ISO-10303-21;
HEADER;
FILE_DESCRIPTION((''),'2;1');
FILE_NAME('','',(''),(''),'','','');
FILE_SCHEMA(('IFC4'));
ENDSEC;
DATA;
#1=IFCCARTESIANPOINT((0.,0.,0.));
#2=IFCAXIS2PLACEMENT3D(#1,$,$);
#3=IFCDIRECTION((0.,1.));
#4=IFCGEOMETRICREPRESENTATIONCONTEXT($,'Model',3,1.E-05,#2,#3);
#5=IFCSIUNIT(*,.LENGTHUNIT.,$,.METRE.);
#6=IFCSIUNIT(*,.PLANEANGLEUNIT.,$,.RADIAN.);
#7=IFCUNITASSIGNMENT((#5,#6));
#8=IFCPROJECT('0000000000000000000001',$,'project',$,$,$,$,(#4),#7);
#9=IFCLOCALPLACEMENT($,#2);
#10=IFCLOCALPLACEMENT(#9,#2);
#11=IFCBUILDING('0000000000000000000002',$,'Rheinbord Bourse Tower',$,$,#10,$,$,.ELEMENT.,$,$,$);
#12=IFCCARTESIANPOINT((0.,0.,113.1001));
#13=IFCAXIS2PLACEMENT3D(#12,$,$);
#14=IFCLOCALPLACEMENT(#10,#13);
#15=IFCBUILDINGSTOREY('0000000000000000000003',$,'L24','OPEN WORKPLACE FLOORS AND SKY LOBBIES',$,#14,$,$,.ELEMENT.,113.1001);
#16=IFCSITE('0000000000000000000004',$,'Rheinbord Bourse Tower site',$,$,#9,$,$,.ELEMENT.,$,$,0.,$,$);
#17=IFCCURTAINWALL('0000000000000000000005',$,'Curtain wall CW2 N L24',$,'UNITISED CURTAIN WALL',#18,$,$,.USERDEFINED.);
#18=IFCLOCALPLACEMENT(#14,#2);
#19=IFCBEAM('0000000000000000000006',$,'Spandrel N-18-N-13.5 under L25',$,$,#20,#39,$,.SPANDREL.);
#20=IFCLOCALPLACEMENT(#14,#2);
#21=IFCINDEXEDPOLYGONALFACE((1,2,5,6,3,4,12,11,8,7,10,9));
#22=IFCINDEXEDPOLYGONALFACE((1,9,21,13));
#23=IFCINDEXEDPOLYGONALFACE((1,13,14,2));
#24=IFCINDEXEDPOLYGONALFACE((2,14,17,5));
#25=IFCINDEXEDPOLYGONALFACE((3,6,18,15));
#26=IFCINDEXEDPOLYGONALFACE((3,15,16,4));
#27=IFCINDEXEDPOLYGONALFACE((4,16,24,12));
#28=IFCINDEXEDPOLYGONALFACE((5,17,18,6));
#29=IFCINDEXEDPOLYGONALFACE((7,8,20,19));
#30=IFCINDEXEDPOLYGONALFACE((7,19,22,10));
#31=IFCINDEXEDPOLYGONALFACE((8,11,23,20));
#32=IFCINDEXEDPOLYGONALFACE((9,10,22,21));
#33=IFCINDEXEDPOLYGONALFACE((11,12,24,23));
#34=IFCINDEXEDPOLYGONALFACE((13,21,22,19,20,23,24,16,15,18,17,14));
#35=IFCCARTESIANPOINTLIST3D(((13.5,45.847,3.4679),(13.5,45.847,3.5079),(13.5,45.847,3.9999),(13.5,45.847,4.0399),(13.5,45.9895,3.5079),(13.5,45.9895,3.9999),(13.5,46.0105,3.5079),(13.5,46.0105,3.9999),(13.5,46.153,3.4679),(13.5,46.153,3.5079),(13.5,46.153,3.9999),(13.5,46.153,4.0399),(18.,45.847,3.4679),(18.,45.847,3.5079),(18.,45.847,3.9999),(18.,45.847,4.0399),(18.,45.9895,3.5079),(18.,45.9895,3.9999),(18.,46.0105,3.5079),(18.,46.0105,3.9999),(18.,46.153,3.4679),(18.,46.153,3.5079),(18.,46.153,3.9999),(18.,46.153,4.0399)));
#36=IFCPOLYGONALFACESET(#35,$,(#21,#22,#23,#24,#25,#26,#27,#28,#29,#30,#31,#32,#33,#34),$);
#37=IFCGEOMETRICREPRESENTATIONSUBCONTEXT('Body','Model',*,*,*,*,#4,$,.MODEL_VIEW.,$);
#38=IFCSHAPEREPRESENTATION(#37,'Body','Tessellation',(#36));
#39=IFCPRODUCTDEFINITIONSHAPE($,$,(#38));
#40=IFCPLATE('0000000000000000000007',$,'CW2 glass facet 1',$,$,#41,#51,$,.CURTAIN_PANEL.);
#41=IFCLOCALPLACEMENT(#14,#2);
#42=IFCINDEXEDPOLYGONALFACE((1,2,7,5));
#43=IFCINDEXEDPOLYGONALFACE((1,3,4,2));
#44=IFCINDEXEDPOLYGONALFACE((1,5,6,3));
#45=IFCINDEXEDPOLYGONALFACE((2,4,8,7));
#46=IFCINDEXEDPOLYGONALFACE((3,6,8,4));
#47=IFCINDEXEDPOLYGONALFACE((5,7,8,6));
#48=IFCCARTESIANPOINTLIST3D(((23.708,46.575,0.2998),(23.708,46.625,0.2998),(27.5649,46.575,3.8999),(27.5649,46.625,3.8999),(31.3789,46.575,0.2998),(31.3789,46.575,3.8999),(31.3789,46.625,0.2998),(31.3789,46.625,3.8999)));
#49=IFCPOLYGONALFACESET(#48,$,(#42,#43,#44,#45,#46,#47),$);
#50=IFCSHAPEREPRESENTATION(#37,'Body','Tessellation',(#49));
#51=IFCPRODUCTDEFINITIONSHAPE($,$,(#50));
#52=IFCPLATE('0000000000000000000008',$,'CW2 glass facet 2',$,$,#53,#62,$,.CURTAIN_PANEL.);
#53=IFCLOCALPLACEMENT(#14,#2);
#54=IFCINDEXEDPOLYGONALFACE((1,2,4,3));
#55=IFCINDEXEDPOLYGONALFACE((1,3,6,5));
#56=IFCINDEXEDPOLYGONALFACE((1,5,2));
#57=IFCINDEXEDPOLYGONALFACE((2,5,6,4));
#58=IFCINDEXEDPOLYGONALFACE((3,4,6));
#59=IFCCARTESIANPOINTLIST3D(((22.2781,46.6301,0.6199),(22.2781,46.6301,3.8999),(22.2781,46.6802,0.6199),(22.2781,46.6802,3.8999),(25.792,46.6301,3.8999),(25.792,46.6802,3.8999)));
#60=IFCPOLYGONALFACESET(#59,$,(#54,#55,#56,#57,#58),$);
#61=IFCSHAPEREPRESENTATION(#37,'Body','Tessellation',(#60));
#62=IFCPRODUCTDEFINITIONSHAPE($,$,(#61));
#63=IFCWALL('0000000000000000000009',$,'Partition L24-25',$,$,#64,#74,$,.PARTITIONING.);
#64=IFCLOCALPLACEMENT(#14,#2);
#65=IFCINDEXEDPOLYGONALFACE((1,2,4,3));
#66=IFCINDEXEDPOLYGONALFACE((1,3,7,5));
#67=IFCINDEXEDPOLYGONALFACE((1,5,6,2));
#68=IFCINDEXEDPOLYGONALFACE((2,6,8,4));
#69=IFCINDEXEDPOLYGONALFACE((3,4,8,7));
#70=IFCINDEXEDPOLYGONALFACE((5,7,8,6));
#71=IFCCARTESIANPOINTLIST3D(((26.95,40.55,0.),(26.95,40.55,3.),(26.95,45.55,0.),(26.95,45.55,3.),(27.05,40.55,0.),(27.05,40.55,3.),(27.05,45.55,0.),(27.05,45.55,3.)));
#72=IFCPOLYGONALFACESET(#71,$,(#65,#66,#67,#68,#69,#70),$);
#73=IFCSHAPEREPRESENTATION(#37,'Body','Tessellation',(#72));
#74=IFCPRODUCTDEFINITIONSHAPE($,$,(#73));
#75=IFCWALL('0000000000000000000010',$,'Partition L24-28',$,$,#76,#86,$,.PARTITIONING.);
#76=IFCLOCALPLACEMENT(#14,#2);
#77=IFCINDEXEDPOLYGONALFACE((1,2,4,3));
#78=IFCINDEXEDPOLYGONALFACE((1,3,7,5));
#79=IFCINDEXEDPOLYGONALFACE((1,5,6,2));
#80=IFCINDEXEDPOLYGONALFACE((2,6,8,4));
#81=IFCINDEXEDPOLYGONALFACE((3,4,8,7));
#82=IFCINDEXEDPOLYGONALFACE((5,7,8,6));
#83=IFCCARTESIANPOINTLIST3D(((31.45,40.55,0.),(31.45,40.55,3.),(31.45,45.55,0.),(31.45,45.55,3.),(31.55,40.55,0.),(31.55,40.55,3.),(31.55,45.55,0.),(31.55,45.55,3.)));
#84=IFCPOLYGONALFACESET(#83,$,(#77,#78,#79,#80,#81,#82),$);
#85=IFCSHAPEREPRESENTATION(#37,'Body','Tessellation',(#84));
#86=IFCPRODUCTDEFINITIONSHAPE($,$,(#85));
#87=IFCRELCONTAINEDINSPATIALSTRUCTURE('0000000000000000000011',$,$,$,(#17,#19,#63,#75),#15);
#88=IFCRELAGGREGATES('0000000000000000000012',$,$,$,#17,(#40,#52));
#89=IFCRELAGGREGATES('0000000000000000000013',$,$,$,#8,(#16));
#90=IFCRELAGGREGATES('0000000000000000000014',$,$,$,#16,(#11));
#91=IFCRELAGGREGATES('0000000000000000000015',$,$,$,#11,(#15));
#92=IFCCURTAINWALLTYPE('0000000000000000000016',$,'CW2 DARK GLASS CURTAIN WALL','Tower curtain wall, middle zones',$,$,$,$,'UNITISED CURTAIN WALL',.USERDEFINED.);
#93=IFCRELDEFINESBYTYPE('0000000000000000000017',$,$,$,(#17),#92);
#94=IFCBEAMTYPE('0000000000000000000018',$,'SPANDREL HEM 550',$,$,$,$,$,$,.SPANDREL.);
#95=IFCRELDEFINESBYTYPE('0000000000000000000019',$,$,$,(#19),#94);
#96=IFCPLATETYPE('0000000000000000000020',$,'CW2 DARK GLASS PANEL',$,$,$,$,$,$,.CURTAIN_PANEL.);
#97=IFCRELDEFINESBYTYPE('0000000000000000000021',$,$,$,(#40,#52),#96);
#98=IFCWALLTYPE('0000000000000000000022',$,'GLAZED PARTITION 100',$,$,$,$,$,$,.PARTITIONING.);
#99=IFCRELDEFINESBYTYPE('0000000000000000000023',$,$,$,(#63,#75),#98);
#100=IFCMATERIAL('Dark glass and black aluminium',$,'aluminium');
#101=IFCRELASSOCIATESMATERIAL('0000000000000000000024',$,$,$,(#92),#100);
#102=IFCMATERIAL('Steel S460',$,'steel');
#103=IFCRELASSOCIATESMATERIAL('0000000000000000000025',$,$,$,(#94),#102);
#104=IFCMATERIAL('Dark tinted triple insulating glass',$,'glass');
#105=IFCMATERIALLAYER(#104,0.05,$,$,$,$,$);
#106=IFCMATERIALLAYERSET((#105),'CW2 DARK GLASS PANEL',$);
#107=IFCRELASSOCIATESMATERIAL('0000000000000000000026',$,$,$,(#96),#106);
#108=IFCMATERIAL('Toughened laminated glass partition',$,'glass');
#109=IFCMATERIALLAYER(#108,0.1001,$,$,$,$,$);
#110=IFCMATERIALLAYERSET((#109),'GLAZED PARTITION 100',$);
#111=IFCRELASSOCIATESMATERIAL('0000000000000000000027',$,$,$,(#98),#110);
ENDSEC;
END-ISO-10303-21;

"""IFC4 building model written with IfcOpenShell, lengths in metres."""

from ifc_helpers import new_model, si_unit, direction, frame, frame_2d, origin, origin_2d, place, context, subcontext, project, spatial, polyline, rectangle, i_section, outline, extrude, material, layer, layer_set, material_profile, profile_set, type_object, element, aggregate, save


model = new_model("IFC4")

# Units and contexts
model_context = context("Model", 3, precision=1e-05, world=origin(), true_north=direction((0.0, 1.0)))
body_context = subcontext(model_context, "Body", "Model", "MODEL_VIEW")
ifc_project = project(units=[si_unit("LENGTHUNIT", "METRE"), si_unit("PLANEANGLEUNIT", "RADIAN")], contexts=[model_context])

# Site, building, storey
site_placement = place(None, origin())
site = spatial("IfcSite", under=ifc_project, at=site_placement, Name="Rheinbord Bourse Tower site", CompositionType="ELEMENT", RefElevation=0.0)
building_placement = place(site_placement, origin())
building = spatial("IfcBuilding", under=site, at=building_placement, Name="Rheinbord Bourse Tower", CompositionType="ELEMENT")
storey_placement = place(building_placement, frame((0.0, 0.0, 113.1001)))
storey = spatial("IfcBuildingStorey", under=building, at=storey_placement, Name="L24", Description="OPEN WORKPLACE FLOORS AND SKY LOBBIES", CompositionType="ELEMENT", Elevation=113.1001)

# Curtain wall
ifc_material_1 = material(Name="Dark glass and black aluminium", Category="aluminium")
curtain_wall_type = type_object("IfcCurtainWallType", Name="CW2 DARK GLASS CURTAIN WALL", Description="Tower curtain wall, middle zones", ElementType="UNITISED CURTAIN WALL", PredefinedType="USERDEFINED", material=ifc_material_1)
curtain_wall_placement = place(storey_placement, origin())
curtain_wall = element("IfcCurtainWall", 1, at=curtain_wall_placement, inside=storey, type_object=curtain_wall_type, Name="Curtain wall CW2 N L24", ObjectType="UNITISED CURTAIN WALL", PredefinedType="USERDEFINED")

# Beam
ifc_material_2 = material(Name="Steel S460", Category="steel")
ifc_material_profile_1 = material_profile(ifc_material_2, i_section(OverallWidth=0.3059, OverallDepth=0.572, WebThickness=0.021, FlangeThickness=0.04, at=origin_2d()), Name="HEM 550")
ifc_profile_set_1 = profile_set([ifc_material_profile_1], Name="Steel S460")
beam_type_1 = type_object("IfcBeamType", Name="SPANDREL HEM 550", PredefinedType="SPANDREL", material=ifc_profile_set_1)
for number, where, z_axis, x_axis, name in (
    (2, (18.0, 46.0, 3.7539), (-1.0, 0.0, 0.0), (0.0, -1.0, 0.0), "Spandrel N-18-N-13.5 under L25"),
):
    element("IfcBeam", number, at=place(storey_placement, frame(where, z_axis=z_axis, x_axis=x_axis)), inside=storey, type_object=beam_type_1, Name=name, PredefinedType="SPANDREL", context=body_context, shape_type="SweptSolid", body=[
        extrude(i_section(OverallWidth=0.3059, OverallDepth=0.572, WebThickness=0.021, FlangeThickness=0.04, at=origin_2d()), origin(), (0.0, 0.0, 1.0), 4.5),
    ])

# Plates
ifc_material_3 = material(Name="Dark tinted triple insulating glass", Category="glass")
ifc_layer_1 = layer(ifc_material_3, 0.05)
ifc_layer_set_1 = layer_set([ifc_layer_1], Name="CW2 DARK GLASS PANEL")
plate_type = type_object("IfcPlateType", Name="CW2 DARK GLASS PANEL", PredefinedType="CURTAIN_PANEL", material=ifc_layer_set_1)
plate_1_placement = place(storey_placement, frame((31.3789, 46.625, 0.2998), z_axis=(0.0, -1.0, 0.0), x_axis=(0.0, 0.0, 1.0)))
plate_1 = element("IfcPlate", 3, at=plate_1_placement, type_object=plate_type, Name="CW2 glass facet 1", PredefinedType="CURTAIN_PANEL", context=body_context, shape_type="SweptSolid", body=[
    extrude(outline(polyline([(0.0, 0.0), (3.6001, 0.0), (3.6001, 3.814), (0.0, 7.6709), (0.0, 0.0)])), origin(), (0.0, 0.0, 1.0), 0.05),
])
plate_2_placement = place(storey_placement, frame((22.2781, 46.6802, 3.8999), z_axis=(0.0, -1.0, 0.0), x_axis=(0.0, 0.0, -1.0)))
plate_2 = element("IfcPlate", 4, at=plate_2_placement, type_object=plate_type, Name="CW2 glass facet 2", PredefinedType="CURTAIN_PANEL", context=body_context, shape_type="SweptSolid", body=[
    extrude(outline(polyline([(0.0, 0.0), (3.28, 0.0), (0.0, 3.5139), (0.0, 0.0)])), origin(), (0.0, 0.0, 1.0), 0.05),
])
aggregate(curtain_wall, [plate_1, plate_2])

# Walls
ifc_material_4 = material(Name="Toughened laminated glass partition", Category="glass")
ifc_layer_2 = layer(ifc_material_4, 0.1001)
ifc_layer_set_2 = layer_set([ifc_layer_2], Name="GLAZED PARTITION 100")
wall_type = type_object("IfcWallType", Name="GLAZED PARTITION 100", PredefinedType="PARTITIONING", material=ifc_layer_set_2)
for number, where, z_axis, x_axis, name in (
    (5, (27.0, 40.55, 0.0), (0.0, 0.0, 1.0), (0.0, 1.0, 0.0), "Partition L24-25"),
    (6, (31.5, 40.55, 0.0), (0.0, 0.0, 1.0), (0.0, 1.0, 0.0), "Partition L24-28"),
):
    element("IfcWall", number, at=place(storey_placement, frame(where, z_axis=z_axis, x_axis=x_axis)), inside=storey, type_object=wall_type, Name=name, PredefinedType="PARTITIONING", context=body_context, shape_type="SweptSolid", body=[
        extrude(rectangle(XDim=5.0, YDim=0.1001, at=frame_2d((2.5, 0.0))), origin(), (0.0, 0.0, 1.0), 3.0),
    ])

save(model, "model.ifc")
